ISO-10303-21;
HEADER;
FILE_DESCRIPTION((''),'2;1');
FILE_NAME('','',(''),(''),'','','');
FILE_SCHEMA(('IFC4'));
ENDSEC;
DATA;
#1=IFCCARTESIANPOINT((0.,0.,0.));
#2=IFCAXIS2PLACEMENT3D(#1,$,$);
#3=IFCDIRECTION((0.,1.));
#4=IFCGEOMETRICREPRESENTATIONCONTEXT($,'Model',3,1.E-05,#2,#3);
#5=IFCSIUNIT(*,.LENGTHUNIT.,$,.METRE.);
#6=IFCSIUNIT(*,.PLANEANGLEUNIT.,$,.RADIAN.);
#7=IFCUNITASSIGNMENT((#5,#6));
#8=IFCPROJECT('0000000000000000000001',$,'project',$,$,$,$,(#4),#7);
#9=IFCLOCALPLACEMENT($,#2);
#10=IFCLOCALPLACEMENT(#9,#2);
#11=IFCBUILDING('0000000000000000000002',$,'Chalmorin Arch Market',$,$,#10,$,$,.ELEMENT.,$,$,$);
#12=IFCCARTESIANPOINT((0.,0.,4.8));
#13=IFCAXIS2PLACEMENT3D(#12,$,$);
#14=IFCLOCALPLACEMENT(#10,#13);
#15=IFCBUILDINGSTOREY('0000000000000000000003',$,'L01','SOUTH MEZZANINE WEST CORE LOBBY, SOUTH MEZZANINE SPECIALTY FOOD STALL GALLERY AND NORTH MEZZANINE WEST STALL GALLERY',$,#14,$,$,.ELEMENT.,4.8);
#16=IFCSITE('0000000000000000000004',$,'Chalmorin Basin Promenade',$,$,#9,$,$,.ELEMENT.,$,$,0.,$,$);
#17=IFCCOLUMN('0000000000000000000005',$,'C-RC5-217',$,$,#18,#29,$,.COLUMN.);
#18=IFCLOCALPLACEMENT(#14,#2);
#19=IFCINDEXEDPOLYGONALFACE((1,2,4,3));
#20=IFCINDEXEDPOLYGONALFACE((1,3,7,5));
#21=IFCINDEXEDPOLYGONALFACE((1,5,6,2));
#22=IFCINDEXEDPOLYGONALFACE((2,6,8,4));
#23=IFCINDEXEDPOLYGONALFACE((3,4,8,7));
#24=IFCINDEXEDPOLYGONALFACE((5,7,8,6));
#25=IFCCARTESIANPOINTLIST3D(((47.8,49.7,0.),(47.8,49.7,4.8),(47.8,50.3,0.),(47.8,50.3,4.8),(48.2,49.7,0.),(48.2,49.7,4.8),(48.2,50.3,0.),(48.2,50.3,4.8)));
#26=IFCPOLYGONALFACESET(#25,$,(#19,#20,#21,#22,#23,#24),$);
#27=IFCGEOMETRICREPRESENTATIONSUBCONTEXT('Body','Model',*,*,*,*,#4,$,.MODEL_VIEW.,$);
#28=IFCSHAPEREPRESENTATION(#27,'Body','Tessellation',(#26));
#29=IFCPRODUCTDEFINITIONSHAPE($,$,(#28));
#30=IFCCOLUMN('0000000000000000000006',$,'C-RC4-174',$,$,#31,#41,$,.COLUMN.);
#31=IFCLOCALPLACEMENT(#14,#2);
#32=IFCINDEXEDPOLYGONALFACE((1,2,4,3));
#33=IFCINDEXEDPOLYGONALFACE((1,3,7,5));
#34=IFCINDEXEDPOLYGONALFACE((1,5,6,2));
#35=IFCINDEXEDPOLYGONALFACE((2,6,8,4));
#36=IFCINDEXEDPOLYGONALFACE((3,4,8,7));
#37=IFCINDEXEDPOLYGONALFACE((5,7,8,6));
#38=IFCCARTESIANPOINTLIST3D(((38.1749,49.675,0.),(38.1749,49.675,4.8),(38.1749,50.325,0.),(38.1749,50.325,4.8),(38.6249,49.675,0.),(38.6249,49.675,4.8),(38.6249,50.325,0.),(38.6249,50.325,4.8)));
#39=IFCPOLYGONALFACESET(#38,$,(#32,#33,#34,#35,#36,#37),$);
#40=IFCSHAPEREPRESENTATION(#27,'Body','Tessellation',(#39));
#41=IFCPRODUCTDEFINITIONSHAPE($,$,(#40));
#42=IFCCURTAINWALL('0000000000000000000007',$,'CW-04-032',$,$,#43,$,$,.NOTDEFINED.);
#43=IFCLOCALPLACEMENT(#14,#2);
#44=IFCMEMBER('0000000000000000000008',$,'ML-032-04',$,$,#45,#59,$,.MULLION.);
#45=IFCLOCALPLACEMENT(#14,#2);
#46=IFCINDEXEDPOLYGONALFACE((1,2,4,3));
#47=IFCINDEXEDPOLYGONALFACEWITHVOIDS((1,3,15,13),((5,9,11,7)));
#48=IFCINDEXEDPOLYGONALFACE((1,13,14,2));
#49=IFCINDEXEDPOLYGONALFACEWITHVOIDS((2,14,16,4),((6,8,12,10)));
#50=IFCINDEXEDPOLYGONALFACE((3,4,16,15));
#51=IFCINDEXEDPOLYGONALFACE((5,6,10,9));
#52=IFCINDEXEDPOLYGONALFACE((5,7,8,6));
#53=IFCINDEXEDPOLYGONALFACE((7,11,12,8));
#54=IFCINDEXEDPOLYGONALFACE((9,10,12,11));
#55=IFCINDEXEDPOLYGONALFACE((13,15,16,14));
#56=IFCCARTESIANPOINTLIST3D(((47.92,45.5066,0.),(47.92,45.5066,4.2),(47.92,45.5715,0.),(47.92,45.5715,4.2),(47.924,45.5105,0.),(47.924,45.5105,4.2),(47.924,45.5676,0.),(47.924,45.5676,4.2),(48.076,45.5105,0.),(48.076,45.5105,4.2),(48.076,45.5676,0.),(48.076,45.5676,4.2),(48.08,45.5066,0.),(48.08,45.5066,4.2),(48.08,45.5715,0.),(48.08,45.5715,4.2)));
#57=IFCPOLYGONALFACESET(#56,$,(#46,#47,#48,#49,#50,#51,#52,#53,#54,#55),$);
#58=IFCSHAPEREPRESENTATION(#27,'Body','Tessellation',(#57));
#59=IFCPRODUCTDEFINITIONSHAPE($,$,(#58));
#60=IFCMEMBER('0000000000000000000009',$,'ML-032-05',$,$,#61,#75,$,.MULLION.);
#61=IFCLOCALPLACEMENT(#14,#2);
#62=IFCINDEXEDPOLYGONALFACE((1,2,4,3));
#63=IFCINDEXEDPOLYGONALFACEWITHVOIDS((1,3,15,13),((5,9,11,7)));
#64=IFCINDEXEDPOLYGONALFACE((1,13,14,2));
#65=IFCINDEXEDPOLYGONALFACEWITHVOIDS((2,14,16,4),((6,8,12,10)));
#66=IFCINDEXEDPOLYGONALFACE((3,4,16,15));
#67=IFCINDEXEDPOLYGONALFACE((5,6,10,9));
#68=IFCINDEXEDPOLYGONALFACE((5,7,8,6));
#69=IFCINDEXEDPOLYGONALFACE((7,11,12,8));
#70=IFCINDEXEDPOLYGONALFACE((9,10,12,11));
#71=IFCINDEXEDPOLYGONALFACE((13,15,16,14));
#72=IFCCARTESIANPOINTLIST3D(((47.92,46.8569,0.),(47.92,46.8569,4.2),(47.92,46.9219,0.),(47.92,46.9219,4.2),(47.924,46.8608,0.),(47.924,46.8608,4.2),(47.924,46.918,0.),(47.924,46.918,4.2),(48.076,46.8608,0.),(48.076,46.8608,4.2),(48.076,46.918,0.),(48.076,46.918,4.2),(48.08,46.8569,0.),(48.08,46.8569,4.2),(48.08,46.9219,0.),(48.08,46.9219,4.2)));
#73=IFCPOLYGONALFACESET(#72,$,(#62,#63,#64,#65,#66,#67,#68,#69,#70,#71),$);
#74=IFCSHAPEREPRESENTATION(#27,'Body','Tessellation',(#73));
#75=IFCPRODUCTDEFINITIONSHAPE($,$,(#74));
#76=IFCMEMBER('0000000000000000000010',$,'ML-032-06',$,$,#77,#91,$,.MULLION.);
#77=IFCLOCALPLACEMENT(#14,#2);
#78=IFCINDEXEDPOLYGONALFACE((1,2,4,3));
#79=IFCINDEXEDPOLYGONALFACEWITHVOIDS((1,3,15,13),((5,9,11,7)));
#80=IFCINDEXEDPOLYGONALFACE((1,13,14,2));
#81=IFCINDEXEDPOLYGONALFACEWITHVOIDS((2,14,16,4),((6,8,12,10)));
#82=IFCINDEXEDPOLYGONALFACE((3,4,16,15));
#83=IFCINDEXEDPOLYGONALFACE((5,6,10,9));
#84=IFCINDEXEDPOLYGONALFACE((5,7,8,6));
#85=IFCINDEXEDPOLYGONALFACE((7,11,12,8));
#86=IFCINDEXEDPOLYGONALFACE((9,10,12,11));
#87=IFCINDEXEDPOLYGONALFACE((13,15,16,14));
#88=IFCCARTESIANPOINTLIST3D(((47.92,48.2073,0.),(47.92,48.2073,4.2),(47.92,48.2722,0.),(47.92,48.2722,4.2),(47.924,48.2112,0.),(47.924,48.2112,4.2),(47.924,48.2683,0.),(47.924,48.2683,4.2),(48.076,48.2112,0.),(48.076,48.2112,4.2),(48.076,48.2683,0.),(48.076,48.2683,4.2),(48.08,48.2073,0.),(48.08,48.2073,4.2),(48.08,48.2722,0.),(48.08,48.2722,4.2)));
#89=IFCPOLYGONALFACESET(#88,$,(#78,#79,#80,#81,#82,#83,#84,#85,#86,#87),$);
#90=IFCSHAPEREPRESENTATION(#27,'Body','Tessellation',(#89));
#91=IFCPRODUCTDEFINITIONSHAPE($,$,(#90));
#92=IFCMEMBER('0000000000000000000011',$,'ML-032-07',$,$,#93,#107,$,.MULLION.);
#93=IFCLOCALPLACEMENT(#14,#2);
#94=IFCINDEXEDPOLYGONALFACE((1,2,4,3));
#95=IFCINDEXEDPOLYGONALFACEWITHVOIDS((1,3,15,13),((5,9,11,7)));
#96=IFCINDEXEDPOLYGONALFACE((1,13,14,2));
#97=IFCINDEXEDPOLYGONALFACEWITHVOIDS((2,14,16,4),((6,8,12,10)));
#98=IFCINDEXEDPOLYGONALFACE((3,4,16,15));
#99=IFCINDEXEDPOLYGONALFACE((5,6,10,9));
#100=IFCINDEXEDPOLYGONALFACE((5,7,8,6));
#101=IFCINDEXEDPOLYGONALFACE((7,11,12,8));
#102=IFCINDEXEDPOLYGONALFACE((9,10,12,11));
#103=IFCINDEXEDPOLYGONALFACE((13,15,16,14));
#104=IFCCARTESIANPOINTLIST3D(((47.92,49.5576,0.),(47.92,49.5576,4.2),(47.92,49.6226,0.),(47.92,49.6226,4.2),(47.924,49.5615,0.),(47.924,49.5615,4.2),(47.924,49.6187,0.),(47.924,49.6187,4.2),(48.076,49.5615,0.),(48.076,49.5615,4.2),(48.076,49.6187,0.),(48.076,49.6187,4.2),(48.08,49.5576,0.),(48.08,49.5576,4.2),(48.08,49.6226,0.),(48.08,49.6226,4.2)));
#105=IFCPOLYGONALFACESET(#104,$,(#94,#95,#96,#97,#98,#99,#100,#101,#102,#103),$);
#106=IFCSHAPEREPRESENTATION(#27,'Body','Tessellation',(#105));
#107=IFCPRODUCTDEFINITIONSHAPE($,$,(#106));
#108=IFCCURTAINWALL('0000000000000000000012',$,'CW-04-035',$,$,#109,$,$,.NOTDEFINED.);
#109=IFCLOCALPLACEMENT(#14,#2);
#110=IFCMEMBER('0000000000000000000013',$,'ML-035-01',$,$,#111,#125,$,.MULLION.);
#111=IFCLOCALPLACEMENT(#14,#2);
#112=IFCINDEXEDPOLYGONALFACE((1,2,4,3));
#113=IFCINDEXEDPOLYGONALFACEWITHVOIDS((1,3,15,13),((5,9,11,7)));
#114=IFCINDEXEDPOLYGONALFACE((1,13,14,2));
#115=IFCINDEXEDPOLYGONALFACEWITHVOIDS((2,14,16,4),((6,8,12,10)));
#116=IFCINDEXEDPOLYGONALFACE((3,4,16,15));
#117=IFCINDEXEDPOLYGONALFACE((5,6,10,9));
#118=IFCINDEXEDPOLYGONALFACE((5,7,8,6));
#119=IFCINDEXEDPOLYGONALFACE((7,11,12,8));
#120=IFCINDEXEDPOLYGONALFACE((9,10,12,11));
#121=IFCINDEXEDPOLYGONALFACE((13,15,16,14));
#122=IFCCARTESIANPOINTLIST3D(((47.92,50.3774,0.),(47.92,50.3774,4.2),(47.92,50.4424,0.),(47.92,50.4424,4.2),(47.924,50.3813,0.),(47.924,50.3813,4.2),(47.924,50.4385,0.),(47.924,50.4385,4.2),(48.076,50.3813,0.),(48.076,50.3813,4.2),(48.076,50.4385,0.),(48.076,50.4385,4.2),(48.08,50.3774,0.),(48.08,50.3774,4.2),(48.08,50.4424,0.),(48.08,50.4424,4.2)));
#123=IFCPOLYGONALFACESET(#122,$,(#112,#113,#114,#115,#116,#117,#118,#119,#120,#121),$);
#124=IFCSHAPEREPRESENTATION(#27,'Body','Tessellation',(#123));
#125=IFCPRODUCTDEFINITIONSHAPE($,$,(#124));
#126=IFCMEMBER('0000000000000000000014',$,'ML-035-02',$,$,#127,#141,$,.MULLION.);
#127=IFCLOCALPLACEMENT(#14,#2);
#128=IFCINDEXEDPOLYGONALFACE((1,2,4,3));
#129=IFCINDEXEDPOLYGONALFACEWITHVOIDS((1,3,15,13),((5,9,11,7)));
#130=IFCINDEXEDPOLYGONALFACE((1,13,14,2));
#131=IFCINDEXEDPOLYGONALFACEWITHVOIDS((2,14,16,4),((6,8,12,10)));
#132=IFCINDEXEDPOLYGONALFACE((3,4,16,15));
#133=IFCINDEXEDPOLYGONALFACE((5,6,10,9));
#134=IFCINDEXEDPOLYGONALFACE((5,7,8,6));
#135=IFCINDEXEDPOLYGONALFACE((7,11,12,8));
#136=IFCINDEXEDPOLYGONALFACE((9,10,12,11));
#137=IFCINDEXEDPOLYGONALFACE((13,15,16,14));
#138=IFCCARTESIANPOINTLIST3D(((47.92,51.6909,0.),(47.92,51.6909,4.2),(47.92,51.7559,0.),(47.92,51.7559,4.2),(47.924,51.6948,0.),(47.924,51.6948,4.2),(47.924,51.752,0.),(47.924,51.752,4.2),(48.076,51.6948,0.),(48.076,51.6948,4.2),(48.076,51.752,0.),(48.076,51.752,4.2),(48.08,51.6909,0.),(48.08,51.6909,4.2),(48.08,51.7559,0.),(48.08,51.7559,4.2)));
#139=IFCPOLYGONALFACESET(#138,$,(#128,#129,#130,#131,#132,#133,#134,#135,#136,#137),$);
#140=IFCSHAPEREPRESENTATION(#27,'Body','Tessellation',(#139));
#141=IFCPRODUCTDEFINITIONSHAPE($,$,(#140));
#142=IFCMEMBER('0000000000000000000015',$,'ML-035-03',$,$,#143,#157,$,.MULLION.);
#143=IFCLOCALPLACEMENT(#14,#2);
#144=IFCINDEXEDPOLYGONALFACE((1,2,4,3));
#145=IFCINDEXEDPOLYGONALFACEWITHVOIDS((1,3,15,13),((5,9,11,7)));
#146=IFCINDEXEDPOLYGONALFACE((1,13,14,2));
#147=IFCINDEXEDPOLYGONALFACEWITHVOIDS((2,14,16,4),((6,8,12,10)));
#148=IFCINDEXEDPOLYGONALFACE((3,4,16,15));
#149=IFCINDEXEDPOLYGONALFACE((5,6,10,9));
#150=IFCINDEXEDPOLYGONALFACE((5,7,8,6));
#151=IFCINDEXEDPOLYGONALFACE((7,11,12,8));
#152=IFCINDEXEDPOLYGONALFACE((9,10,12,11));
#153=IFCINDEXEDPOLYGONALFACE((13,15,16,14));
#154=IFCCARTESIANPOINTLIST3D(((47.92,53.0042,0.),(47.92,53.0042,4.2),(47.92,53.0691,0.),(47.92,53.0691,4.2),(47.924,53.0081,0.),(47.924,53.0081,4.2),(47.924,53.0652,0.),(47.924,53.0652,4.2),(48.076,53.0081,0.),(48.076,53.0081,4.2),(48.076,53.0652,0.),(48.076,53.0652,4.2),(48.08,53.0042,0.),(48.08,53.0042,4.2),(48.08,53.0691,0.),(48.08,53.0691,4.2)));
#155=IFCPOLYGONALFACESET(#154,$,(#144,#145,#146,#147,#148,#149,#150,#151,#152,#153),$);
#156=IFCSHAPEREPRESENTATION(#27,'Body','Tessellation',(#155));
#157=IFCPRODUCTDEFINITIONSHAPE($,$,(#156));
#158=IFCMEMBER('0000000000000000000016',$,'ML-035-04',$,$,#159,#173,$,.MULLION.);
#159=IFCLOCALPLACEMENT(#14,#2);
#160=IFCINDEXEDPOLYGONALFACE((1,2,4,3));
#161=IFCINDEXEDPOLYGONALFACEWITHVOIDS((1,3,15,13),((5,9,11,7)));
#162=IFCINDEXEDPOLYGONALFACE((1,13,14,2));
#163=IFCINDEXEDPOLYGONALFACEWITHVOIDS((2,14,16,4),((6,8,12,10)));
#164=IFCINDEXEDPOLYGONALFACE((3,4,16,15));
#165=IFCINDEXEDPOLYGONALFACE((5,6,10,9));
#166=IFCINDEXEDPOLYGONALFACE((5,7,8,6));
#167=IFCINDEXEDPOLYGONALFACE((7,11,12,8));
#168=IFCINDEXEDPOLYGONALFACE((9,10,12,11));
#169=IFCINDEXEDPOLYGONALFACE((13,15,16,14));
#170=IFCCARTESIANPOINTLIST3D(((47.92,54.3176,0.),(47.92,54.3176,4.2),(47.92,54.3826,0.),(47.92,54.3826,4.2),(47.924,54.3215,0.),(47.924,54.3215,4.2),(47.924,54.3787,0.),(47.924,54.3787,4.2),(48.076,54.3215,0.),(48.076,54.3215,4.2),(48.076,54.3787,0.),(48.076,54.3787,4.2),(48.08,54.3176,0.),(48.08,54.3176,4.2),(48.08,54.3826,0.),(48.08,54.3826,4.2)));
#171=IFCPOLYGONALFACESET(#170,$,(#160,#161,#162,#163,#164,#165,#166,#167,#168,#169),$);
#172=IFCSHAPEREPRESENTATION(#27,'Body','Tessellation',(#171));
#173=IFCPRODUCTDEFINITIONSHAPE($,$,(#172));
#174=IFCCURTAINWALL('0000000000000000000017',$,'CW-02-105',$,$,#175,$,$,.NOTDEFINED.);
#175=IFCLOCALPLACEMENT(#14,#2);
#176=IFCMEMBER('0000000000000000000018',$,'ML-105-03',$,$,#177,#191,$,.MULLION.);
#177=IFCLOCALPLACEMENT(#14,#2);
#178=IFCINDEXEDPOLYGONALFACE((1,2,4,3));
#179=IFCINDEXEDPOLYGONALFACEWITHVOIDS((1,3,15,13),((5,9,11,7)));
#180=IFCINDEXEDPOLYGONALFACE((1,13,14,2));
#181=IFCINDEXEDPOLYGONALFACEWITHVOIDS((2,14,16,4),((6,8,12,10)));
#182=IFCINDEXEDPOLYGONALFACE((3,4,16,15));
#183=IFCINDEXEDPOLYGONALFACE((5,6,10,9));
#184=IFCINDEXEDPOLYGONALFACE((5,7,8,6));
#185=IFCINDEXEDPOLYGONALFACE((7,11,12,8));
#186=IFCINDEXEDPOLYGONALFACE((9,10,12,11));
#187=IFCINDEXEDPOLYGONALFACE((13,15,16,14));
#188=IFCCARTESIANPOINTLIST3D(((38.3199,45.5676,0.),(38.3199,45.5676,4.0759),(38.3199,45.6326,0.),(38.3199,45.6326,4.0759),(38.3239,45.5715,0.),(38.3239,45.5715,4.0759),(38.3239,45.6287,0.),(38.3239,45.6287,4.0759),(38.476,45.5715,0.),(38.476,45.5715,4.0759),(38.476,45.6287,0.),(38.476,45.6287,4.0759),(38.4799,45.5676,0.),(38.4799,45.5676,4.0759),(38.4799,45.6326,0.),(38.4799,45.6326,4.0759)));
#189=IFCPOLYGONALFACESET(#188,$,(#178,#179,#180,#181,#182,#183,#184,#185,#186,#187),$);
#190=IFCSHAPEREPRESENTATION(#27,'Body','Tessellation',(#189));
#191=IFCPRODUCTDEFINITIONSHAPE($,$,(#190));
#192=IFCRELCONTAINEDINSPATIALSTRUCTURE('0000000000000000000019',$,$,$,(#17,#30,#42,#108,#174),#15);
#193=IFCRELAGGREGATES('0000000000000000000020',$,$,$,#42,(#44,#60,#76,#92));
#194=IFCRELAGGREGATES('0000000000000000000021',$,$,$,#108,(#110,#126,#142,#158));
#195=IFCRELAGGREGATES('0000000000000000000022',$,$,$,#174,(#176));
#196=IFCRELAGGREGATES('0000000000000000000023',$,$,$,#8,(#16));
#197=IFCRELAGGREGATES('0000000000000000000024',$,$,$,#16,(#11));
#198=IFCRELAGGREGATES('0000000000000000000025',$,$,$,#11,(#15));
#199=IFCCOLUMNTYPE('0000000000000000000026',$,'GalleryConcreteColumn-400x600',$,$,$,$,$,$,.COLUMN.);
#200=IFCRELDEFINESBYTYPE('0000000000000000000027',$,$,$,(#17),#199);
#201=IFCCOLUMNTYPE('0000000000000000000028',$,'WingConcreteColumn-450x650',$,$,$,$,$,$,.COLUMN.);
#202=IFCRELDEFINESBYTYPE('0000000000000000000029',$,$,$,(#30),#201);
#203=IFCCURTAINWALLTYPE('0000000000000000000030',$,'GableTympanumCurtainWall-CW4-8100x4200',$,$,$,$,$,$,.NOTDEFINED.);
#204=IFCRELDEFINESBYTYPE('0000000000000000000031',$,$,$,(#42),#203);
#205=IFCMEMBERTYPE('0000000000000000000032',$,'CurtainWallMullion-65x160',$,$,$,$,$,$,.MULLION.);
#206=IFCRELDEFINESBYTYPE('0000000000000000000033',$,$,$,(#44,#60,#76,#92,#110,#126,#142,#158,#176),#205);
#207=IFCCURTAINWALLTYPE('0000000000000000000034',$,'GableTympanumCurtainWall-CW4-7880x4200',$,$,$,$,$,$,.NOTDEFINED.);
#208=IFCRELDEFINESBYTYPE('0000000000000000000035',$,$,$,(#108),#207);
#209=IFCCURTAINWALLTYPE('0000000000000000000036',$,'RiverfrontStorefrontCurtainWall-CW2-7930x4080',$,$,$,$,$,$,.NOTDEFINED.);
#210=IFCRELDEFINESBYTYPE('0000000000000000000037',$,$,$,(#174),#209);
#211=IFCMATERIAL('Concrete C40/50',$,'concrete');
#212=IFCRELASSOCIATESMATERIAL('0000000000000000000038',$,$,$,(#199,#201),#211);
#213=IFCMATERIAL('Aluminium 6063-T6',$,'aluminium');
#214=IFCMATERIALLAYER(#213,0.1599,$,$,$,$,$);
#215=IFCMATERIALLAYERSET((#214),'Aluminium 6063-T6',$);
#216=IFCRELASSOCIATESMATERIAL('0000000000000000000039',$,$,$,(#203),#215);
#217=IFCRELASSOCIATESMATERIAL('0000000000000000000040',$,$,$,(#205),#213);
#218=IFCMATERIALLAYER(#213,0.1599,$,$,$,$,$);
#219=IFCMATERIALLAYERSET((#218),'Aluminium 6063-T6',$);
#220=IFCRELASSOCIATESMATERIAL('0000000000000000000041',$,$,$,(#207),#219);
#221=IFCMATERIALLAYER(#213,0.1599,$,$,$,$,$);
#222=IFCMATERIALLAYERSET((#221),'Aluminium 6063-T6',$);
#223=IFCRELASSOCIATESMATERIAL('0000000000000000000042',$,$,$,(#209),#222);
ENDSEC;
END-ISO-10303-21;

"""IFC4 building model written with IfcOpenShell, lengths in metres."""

from ifc_helpers import new_model, si_unit, direction, frame, origin, origin_2d, place, context, subcontext, project, spatial, rectangle, hollow_rectangle, extrude, material, layer, layer_set, material_profile, profile_set, type_object, element, aggregate, save


model = new_model("IFC4")

# Units and contexts
model_context = context("Model", 3, precision=1e-05, world=origin(), true_north=direction((0.0, 1.0)))
body_context = subcontext(model_context, "Body", "Model", "MODEL_VIEW")
ifc_project = project(units=[si_unit("LENGTHUNIT", "METRE"), si_unit("PLANEANGLEUNIT", "RADIAN")], contexts=[model_context])

# Site, building, storey
site_placement = place(None, origin())
site = spatial("IfcSite", under=ifc_project, at=site_placement, Name="Chalmorin Basin Promenade", CompositionType="ELEMENT", RefElevation=0.0)
building_placement = place(site_placement, origin())
building = spatial("IfcBuilding", under=site, at=building_placement, Name="Chalmorin Arch Market", CompositionType="ELEMENT")
storey_placement = place(building_placement, frame((0.0, 0.0, 4.8)))
storey = spatial("IfcBuildingStorey", under=building, at=storey_placement, Name="L01", Description="SOUTH MEZZANINE WEST CORE LOBBY, SOUTH MEZZANINE SPECIALTY FOOD STALL GALLERY AND NORTH MEZZANINE WEST STALL GALLERY", CompositionType="ELEMENT", Elevation=4.8)

# Columns
ifc_material_1 = material(Name="Concrete C40/50", Category="concrete")
ifc_material_profile_1 = material_profile(ifc_material_1, rectangle(XDim=0.3999, YDim=0.6001, at=origin_2d()), Name="RC400X600")
ifc_profile_set_1 = profile_set([ifc_material_profile_1], Name="Concrete C40/50")
column_type_1 = type_object("IfcColumnType", Name="GalleryConcreteColumn-400x600", PredefinedType="COLUMN", material=ifc_profile_set_1)
column_1_placement = place(storey_placement, frame((48.0, 50.0, 0.0), z_axis=(0.0, 0.0, 1.0), x_axis=(1.0, 0.0, 0.0)))
element("IfcColumn", 1, at=column_1_placement, inside=storey, type_object=column_type_1, Name="C-RC5-217", PredefinedType="COLUMN", context=body_context, shape_type="SweptSolid", body=[
    extrude(rectangle(XDim=0.3999, YDim=0.6001, at=origin_2d()), origin(), (0.0, 0.0, 1.0), 4.8),
])
ifc_material_profile_2 = material_profile(ifc_material_1, rectangle(XDim=0.45, YDim=0.6499, at=origin_2d()), Name="RC450X650")
ifc_profile_set_2 = profile_set([ifc_material_profile_2], Name="Concrete C40/50")
column_type_2 = type_object("IfcColumnType", Name="WingConcreteColumn-450x650", PredefinedType="COLUMN", material=ifc_profile_set_2)
column_2_placement = place(storey_placement, frame((38.3999, 50.0, 0.0), z_axis=(0.0, 0.0, 1.0), x_axis=(1.0, 0.0, 0.0)))
element("IfcColumn", 2, at=column_2_placement, inside=storey, type_object=column_type_2, Name="C-RC4-174", PredefinedType="COLUMN", context=body_context, shape_type="SweptSolid", body=[
    extrude(rectangle(XDim=0.45, YDim=0.6499, at=origin_2d()), origin(), (0.0, 0.0, 1.0), 4.8),
])

# Curtain walls, members
ifc_material_2 = material(Name="Aluminium 6063-T6", Category="aluminium")
ifc_layer_1 = layer(ifc_material_2, 0.1599)
ifc_layer_set_1 = layer_set([ifc_layer_1], Name="Aluminium 6063-T6")
curtain_wall_type_1 = type_object("IfcCurtainWallType", Name="GableTympanumCurtainWall-CW4-8100x4200", PredefinedType="NOTDEFINED", material=ifc_layer_set_1)
curtain_wall_1_placement = place(storey_placement, origin())
curtain_wall_1 = element("IfcCurtainWall", 3, at=curtain_wall_1_placement, inside=storey, type_object=curtain_wall_type_1, Name="CW-04-032", PredefinedType="NOTDEFINED")
ifc_material_profile_3 = material_profile(ifc_material_2, hollow_rectangle(XDim=0.0649, YDim=0.1599, WallThickness=0.0039, at=origin_2d()), Name="ALU65X160X4")
ifc_profile_set_3 = profile_set([ifc_material_profile_3], Name="Aluminium 6063-T6")
member_type_1 = type_object("IfcMemberType", Name="CurtainWallMullion-65x160", PredefinedType="MULLION", material=ifc_profile_set_3)
member_1_placement = place(storey_placement, frame((48.0, 45.5391, 0.0), z_axis=(0.0, 0.0, 1.0), x_axis=(0.0, 1.0, 0.0)))
member_1 = element("IfcMember", 4, at=member_1_placement, type_object=member_type_1, Name="ML-032-04", PredefinedType="MULLION", context=body_context, shape_type="SweptSolid", body=[
    extrude(hollow_rectangle(XDim=0.0649, YDim=0.1599, WallThickness=0.0039, at=origin_2d()), origin(), (0.0, 0.0, 1.0), 4.2),
])
member_2_placement = place(storey_placement, frame((48.0, 46.8894, 0.0), z_axis=(0.0, 0.0, 1.0), x_axis=(0.0, 1.0, 0.0)))
member_2 = element("IfcMember", 5, at=member_2_placement, type_object=member_type_1, Name="ML-032-05", PredefinedType="MULLION", context=body_context, shape_type="SweptSolid", body=[
    extrude(hollow_rectangle(XDim=0.0649, YDim=0.1599, WallThickness=0.0039, at=origin_2d()), origin(), (0.0, 0.0, 1.0), 4.2),
])
member_3_placement = place(storey_placement, frame((48.0, 48.2397, 0.0), z_axis=(0.0, 0.0, 1.0), x_axis=(0.0, 1.0, 0.0)))
member_3 = element("IfcMember", 6, at=member_3_placement, type_object=member_type_1, Name="ML-032-06", PredefinedType="MULLION", context=body_context, shape_type="SweptSolid", body=[
    extrude(hollow_rectangle(XDim=0.0649, YDim=0.1599, WallThickness=0.0039, at=origin_2d()), origin(), (0.0, 0.0, 1.0), 4.2),
])
member_4_placement = place(storey_placement, frame((48.0, 49.5901, 0.0), z_axis=(0.0, 0.0, 1.0), x_axis=(0.0, 1.0, 0.0)))
member_4 = element("IfcMember", 7, at=member_4_placement, type_object=member_type_1, Name="ML-032-07", PredefinedType="MULLION", context=body_context, shape_type="SweptSolid", body=[
    extrude(hollow_rectangle(XDim=0.0649, YDim=0.1599, WallThickness=0.0039, at=origin_2d()), origin(), (0.0, 0.0, 1.0), 4.2),
])
ifc_layer_2 = layer(ifc_material_2, 0.1599)
ifc_layer_set_2 = layer_set([ifc_layer_2], Name="Aluminium 6063-T6")
curtain_wall_type_2 = type_object("IfcCurtainWallType", Name="GableTympanumCurtainWall-CW4-7880x4200", PredefinedType="NOTDEFINED", material=ifc_layer_set_2)
curtain_wall_2_placement = place(storey_placement, origin())
curtain_wall_2 = element("IfcCurtainWall", 8, at=curtain_wall_2_placement, inside=storey, type_object=curtain_wall_type_2, Name="CW-04-035", PredefinedType="NOTDEFINED")
member_5_placement = place(storey_placement, frame((48.0, 50.4099, 0.0), z_axis=(0.0, 0.0, 1.0), x_axis=(0.0, 1.0, 0.0)))
member_5 = element("IfcMember", 9, at=member_5_placement, type_object=member_type_1, Name="ML-035-01", PredefinedType="MULLION", context=body_context, shape_type="SweptSolid", body=[
    extrude(hollow_rectangle(XDim=0.0649, YDim=0.1599, WallThickness=0.0039, at=origin_2d()), origin(), (0.0, 0.0, 1.0), 4.2),
])
member_6_placement = place(storey_placement, frame((48.0, 51.7234, 0.0), z_axis=(0.0, 0.0, 1.0), x_axis=(0.0, 1.0, 0.0)))
member_6 = element("IfcMember", 10, at=member_6_placement, type_object=member_type_1, Name="ML-035-02", PredefinedType="MULLION", context=body_context, shape_type="SweptSolid", body=[
    extrude(hollow_rectangle(XDim=0.0649, YDim=0.1599, WallThickness=0.0039, at=origin_2d()), origin(), (0.0, 0.0, 1.0), 4.2),
])
member_7_placement = place(storey_placement, frame((48.0, 53.0366, 0.0), z_axis=(0.0, 0.0, 1.0), x_axis=(0.0, 1.0, 0.0)))
member_7 = element("IfcMember", 11, at=member_7_placement, type_object=member_type_1, Name="ML-035-03", PredefinedType="MULLION", context=body_context, shape_type="SweptSolid", body=[
    extrude(hollow_rectangle(XDim=0.0649, YDim=0.1599, WallThickness=0.0039, at=origin_2d()), origin(), (0.0, 0.0, 1.0), 4.2),
])
member_8_placement = place(storey_placement, frame((48.0, 54.3501, 0.0), z_axis=(0.0, 0.0, 1.0), x_axis=(0.0, 1.0, 0.0)))
member_8 = element("IfcMember", 12, at=member_8_placement, type_object=member_type_1, Name="ML-035-04", PredefinedType="MULLION", context=body_context, shape_type="SweptSolid", body=[
    extrude(hollow_rectangle(XDim=0.0649, YDim=0.1599, WallThickness=0.0039, at=origin_2d()), origin(), (0.0, 0.0, 1.0), 4.2),
])
ifc_layer_3 = layer(ifc_material_2, 0.1599)
ifc_layer_set_3 = layer_set([ifc_layer_3], Name="Aluminium 6063-T6")
curtain_wall_type_3 = type_object("IfcCurtainWallType", Name="RiverfrontStorefrontCurtainWall-CW2-7930x4080", PredefinedType="NOTDEFINED", material=ifc_layer_set_3)
curtain_wall_3_placement = place(storey_placement, origin())
curtain_wall_3 = element("IfcCurtainWall", 13, at=curtain_wall_3_placement, inside=storey, type_object=curtain_wall_type_3, Name="CW-02-105", PredefinedType="NOTDEFINED")
member_9_placement = place(storey_placement, frame((38.3999, 45.6001, 0.0), z_axis=(0.0, 0.0, 1.0), x_axis=(0.0, 1.0, 0.0)))
member_9 = element("IfcMember", 14, at=member_9_placement, type_object=member_type_1, Name="ML-105-03", PredefinedType="MULLION", context=body_context, shape_type="SweptSolid", body=[
    extrude(hollow_rectangle(XDim=0.0649, YDim=0.1599, WallThickness=0.0039, at=origin_2d()), origin(), (0.0, 0.0, 1.0), 4.0759),
])

aggregate(curtain_wall_1, [member_1, member_2, member_3, member_4])
aggregate(curtain_wall_2, [member_5, member_6, member_7, member_8])
aggregate(curtain_wall_3, [member_9])

save(model, "model.ifc")
